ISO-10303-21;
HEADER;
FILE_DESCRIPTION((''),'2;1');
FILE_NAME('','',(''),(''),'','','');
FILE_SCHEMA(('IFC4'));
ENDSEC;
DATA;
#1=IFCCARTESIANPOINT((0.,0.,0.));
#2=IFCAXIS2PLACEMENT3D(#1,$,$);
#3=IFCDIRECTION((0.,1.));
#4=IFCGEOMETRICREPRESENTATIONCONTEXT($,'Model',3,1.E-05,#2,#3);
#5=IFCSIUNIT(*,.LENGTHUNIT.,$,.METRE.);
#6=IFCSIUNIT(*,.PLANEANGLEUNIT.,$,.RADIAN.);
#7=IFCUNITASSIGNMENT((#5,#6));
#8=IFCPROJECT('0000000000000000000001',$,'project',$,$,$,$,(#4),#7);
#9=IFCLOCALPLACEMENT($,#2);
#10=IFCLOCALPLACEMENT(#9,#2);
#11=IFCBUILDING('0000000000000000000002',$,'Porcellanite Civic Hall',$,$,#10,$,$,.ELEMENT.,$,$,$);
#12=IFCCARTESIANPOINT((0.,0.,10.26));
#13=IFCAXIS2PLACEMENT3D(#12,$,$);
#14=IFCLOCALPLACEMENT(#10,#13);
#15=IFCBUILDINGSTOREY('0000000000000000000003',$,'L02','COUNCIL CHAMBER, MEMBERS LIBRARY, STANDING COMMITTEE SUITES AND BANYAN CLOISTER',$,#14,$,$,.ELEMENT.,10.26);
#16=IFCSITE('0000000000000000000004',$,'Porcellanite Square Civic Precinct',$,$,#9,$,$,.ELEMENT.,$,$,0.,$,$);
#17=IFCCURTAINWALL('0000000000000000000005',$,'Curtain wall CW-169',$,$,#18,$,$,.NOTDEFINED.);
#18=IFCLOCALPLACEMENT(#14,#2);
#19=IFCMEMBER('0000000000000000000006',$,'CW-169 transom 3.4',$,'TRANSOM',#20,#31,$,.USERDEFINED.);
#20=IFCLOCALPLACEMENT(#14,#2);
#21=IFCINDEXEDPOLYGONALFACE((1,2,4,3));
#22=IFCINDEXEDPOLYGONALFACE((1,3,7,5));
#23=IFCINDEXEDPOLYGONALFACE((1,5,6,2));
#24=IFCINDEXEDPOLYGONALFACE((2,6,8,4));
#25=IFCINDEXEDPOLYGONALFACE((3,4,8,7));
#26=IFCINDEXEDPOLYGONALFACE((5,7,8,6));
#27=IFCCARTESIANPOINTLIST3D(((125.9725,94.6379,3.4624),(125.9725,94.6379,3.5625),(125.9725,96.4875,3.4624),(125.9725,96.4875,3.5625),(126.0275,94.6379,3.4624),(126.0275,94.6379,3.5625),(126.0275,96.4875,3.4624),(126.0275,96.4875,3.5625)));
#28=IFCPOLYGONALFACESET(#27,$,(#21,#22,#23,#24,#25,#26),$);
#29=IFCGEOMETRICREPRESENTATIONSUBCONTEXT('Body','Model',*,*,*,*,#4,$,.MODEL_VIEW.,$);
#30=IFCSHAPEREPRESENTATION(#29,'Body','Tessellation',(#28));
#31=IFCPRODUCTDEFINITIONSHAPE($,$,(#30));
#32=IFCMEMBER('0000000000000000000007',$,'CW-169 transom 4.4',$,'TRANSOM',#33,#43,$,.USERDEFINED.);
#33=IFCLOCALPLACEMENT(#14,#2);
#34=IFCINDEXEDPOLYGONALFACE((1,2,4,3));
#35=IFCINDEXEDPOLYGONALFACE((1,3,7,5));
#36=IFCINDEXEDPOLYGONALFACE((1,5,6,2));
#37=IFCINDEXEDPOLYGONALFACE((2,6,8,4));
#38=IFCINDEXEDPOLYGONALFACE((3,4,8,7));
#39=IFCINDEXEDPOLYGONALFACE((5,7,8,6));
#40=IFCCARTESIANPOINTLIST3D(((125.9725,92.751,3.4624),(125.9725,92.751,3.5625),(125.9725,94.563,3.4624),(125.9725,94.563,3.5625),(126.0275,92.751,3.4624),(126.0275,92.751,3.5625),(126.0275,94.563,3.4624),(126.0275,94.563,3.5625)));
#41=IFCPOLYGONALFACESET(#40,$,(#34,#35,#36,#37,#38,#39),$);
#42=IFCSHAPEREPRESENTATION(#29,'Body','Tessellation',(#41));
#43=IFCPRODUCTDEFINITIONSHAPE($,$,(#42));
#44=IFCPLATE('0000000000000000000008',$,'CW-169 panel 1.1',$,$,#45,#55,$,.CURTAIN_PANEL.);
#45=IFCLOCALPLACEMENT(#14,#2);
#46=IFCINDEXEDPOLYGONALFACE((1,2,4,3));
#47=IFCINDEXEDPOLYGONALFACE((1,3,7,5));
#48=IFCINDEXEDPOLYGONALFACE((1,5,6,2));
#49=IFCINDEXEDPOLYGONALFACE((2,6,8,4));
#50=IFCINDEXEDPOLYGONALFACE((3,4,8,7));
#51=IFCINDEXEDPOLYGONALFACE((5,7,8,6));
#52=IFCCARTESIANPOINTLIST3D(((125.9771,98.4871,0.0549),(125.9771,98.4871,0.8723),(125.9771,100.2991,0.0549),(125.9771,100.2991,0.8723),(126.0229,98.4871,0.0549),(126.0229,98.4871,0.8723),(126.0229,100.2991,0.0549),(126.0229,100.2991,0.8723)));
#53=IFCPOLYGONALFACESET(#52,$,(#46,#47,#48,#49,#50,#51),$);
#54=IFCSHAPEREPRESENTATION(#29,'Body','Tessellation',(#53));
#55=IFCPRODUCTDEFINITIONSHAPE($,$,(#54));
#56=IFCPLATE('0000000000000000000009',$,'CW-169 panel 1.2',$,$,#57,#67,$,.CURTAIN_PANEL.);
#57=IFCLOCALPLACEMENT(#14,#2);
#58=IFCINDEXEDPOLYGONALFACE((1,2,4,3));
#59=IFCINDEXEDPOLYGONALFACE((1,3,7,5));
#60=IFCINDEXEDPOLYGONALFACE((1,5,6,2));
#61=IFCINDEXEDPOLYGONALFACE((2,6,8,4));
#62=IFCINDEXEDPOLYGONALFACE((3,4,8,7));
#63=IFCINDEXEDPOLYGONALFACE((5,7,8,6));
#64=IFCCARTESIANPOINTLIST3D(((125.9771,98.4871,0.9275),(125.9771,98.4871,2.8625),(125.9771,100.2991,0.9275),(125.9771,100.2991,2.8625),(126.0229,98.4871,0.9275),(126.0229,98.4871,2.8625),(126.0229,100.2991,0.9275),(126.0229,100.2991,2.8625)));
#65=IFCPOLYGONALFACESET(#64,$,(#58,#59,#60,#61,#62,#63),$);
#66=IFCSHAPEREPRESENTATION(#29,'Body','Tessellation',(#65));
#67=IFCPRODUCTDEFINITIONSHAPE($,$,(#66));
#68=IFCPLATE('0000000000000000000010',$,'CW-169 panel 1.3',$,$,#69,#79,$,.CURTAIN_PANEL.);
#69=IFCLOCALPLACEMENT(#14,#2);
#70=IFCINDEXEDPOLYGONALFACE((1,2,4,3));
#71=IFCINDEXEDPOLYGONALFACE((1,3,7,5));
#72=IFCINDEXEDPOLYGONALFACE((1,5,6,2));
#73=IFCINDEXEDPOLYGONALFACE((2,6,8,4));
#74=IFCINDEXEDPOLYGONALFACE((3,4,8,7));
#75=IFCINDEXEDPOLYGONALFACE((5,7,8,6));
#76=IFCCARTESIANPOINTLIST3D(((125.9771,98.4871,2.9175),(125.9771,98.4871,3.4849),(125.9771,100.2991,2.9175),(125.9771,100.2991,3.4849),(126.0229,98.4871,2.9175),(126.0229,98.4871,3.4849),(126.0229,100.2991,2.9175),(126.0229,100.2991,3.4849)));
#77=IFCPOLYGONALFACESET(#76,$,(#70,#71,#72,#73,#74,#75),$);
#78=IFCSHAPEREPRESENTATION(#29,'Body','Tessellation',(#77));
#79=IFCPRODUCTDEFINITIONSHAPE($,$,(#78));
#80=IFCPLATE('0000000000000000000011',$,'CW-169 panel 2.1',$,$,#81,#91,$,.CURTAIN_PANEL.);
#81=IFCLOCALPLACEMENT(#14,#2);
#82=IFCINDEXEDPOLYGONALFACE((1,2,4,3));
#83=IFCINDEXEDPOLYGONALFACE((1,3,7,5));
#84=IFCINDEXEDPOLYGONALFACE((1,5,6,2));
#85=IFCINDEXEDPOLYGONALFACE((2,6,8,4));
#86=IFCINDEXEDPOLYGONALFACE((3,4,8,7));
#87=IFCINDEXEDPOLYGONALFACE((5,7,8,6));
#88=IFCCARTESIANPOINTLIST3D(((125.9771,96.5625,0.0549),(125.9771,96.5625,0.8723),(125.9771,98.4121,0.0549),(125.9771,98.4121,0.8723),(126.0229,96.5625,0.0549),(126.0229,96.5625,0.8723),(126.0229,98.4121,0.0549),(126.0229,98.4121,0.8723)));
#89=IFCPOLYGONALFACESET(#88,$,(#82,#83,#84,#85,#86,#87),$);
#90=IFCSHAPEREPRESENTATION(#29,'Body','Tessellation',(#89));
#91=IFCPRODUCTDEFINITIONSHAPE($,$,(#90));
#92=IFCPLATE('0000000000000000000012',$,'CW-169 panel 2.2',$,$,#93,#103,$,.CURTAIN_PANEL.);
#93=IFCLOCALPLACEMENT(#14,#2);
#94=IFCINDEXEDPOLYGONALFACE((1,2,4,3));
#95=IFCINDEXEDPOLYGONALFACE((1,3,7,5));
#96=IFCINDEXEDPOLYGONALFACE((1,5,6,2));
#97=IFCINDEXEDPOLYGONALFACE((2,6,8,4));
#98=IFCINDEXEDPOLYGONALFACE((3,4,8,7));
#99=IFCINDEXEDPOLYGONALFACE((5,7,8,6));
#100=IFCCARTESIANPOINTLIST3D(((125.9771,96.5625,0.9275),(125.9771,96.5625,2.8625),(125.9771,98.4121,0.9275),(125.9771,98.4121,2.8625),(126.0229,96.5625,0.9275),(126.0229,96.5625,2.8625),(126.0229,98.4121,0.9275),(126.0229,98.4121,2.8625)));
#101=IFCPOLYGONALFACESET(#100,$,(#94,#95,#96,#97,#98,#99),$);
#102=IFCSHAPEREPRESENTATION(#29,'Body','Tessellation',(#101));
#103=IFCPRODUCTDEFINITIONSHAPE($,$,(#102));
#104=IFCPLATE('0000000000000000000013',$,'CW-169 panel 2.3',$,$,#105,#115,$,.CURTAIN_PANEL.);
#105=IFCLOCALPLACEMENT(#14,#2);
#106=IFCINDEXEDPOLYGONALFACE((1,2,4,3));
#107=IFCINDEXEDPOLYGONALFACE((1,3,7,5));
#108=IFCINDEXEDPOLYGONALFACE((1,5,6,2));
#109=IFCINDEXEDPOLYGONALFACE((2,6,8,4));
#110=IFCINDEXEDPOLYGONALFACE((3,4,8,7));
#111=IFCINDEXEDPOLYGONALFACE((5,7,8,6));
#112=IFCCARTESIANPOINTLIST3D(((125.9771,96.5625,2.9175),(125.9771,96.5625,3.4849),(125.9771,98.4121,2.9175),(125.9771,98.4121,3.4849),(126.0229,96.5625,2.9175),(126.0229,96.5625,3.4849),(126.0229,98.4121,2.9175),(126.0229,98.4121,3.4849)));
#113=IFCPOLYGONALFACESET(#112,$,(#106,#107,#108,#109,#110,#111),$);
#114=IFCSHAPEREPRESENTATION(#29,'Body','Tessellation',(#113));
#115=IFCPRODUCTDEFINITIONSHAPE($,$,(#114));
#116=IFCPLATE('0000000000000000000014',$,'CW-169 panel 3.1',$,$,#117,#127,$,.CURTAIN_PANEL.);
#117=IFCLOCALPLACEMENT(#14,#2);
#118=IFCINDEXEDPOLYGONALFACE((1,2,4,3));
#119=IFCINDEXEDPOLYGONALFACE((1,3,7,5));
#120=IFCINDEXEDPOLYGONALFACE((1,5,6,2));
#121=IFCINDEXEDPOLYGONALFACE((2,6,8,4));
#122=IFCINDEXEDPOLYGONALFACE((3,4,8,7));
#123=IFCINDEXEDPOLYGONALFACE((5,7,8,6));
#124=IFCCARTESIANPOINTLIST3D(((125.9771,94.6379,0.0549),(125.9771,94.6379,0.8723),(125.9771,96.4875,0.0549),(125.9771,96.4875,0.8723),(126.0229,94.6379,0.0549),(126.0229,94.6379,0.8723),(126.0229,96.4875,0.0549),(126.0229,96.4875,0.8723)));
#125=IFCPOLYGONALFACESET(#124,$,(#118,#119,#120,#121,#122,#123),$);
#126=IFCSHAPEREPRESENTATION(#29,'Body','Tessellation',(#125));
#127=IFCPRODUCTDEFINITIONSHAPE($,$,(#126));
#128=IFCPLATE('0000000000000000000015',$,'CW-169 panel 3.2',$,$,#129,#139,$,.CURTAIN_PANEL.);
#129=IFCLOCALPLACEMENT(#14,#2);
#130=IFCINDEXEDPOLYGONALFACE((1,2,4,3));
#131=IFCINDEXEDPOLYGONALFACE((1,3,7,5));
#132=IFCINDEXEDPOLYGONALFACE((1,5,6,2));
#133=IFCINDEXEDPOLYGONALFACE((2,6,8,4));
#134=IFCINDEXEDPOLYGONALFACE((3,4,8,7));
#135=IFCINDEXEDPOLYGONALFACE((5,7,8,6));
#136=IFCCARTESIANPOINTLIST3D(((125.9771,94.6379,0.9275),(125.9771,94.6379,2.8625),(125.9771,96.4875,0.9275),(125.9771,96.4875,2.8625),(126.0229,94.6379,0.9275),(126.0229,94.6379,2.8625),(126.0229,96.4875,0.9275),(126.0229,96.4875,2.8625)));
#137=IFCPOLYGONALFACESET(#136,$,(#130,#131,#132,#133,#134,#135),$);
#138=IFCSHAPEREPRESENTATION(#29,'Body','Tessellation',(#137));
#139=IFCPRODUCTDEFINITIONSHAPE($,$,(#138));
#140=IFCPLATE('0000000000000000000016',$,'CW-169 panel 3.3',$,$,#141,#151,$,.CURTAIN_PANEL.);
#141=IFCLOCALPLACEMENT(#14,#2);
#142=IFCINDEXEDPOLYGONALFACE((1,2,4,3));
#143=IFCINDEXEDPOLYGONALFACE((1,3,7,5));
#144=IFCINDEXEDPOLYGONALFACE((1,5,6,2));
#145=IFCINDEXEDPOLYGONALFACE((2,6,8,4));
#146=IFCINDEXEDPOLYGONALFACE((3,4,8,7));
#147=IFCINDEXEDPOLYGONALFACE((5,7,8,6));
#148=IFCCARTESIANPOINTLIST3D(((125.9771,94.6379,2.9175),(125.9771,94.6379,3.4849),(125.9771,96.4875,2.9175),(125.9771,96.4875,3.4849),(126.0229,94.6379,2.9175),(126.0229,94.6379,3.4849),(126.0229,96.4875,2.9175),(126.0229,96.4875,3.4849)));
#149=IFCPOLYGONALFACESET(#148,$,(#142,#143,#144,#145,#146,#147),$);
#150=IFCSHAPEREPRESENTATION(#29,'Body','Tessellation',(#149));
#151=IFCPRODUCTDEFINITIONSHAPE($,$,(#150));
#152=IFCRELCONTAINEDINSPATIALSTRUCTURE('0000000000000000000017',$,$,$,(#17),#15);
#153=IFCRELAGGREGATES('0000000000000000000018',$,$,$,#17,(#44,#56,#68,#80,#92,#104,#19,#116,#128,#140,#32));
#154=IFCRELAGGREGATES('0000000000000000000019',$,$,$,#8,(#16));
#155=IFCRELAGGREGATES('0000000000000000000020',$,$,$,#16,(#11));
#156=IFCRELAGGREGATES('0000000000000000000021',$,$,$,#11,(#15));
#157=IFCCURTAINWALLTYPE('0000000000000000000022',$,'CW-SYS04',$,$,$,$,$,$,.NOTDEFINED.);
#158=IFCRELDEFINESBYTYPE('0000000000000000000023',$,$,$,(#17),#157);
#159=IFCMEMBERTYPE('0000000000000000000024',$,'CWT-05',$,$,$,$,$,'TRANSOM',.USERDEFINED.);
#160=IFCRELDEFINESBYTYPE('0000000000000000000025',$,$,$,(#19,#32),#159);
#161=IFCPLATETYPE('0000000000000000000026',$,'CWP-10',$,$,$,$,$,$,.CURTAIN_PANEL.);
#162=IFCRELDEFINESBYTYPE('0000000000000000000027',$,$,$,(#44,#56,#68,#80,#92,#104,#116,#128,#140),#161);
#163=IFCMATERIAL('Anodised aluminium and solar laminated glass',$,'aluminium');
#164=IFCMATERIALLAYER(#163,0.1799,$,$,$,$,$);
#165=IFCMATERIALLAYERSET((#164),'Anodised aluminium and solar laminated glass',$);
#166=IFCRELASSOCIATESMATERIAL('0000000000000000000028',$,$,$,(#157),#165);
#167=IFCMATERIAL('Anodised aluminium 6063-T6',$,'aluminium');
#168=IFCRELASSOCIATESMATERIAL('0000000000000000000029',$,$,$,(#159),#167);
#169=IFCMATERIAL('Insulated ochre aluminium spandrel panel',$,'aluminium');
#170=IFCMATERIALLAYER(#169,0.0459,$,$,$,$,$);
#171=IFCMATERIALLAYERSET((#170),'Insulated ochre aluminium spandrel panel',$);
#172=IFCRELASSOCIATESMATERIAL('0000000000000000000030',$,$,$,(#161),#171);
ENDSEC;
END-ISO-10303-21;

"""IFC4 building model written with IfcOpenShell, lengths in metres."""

from ifc_helpers import new_model, si_unit, direction, frame, origin, origin_2d, place, context, subcontext, project, spatial, rectangle, extrude, material, layer, layer_set, material_profile, profile_set, type_object, element, aggregate, save


model = new_model("IFC4")

# Units and contexts
model_context = context("Model", 3, precision=1e-05, world=origin(), true_north=direction((0.0, 1.0)))
body_context = subcontext(model_context, "Body", "Model", "MODEL_VIEW")
ifc_project = project(units=[si_unit("LENGTHUNIT", "METRE"), si_unit("PLANEANGLEUNIT", "RADIAN")], contexts=[model_context])

# Site, building, storey
site_placement = place(None, origin())
site = spatial("IfcSite", under=ifc_project, at=site_placement, Name="Porcellanite Square Civic Precinct", CompositionType="ELEMENT", RefElevation=0.0)
building_placement = place(site_placement, origin())
building = spatial("IfcBuilding", under=site, at=building_placement, Name="Porcellanite Civic Hall", CompositionType="ELEMENT")
storey_placement = place(building_placement, frame((0.0, 0.0, 10.26)))
storey = spatial("IfcBuildingStorey", under=building, at=storey_placement, Name="L02", Description="COUNCIL CHAMBER, MEMBERS LIBRARY, STANDING COMMITTEE SUITES AND BANYAN CLOISTER", CompositionType="ELEMENT", Elevation=10.26)

# Curtain wall, members, plates
ifc_material_1 = material(Name="Anodised aluminium and solar laminated glass", Category="aluminium")
ifc_layer_1 = layer(ifc_material_1, 0.1799)
ifc_layer_set_1 = layer_set([ifc_layer_1], Name="Anodised aluminium and solar laminated glass")
curtain_wall_type = type_object("IfcCurtainWallType", Name="CW-SYS04", PredefinedType="NOTDEFINED", material=ifc_layer_set_1)
curtain_wall_placement = place(storey_placement, origin())
curtain_wall = element("IfcCurtainWall", 1, at=curtain_wall_placement, inside=storey, type_object=curtain_wall_type, Name="Curtain wall CW-169", PredefinedType="NOTDEFINED")
ifc_material_2 = material(Name="Anodised aluminium 6063-T6", Category="aluminium")
ifc_material_profile_1 = material_profile(ifc_material_2, rectangle(XDim=0.0549, YDim=0.1001, at=origin_2d()), Name="AL-55x100")
ifc_profile_set_1 = profile_set([ifc_material_profile_1], Name="Anodised aluminium 6063-T6")
member_type_1 = type_object("IfcMemberType", Name="CWT-05", ElementType="TRANSOM", PredefinedType="USERDEFINED", material=ifc_profile_set_1)
member_1_placement = place(storey_placement, frame((126.0, 96.4875, 3.5125), z_axis=(0.0, -1.0, 0.0), x_axis=(1.0, 0.0, 0.0)))
member_1 = element("IfcMember", 2, at=member_1_placement, type_object=member_type_1, Name="CW-169 transom 3.4", ObjectType="TRANSOM", PredefinedType="USERDEFINED", context=body_context, shape_type="SweptSolid", body=[
    extrude(rectangle(XDim=0.0549, YDim=0.1001, at=origin_2d()), origin(), (0.0, 0.0, 1.0), 1.8496),
])
member_2_placement = place(storey_placement, frame((126.0, 94.563, 3.5125), z_axis=(0.0, -1.0, 0.0), x_axis=(1.0, 0.0, 0.0)))
member_2 = element("IfcMember", 3, at=member_2_placement, type_object=member_type_1, Name="CW-169 transom 4.4", ObjectType="TRANSOM", PredefinedType="USERDEFINED", context=body_context, shape_type="SweptSolid", body=[
    extrude(rectangle(XDim=0.0549, YDim=0.1001, at=origin_2d()), origin(), (0.0, 0.0, 1.0), 1.812),
])
ifc_material_3 = material(Name="Insulated ochre aluminium spandrel panel", Category="aluminium")
ifc_layer_2 = layer(ifc_material_3, 0.0459)
ifc_layer_set_2 = layer_set([ifc_layer_2], Name="Insulated ochre aluminium spandrel panel")
plate_type = type_object("IfcPlateType", Name="CWP-10", PredefinedType="CURTAIN_PANEL", material=ifc_layer_set_2)
plate_1_placement = place(storey_placement, frame((126.0, 99.3931, 0.0549), z_axis=(0.0, 0.0, 1.0), x_axis=(0.0, -1.0, 0.0)))
plate_1 = element("IfcPlate", 4, at=plate_1_placement, type_object=plate_type, Name="CW-169 panel 1.1", PredefinedType="CURTAIN_PANEL", context=body_context, shape_type="SweptSolid", body=[
    extrude(rectangle(XDim=1.812, YDim=0.0459, at=origin_2d()), origin(), (0.0, 0.0, 1.0), 0.8174),
])
plate_2_placement = place(storey_placement, frame((126.0, 99.3931, 0.9275), z_axis=(0.0, 0.0, 1.0), x_axis=(0.0, -1.0, 0.0)))
plate_2 = element("IfcPlate", 5, at=plate_2_placement, type_object=plate_type, Name="CW-169 panel 1.2", PredefinedType="CURTAIN_PANEL", context=body_context, shape_type="SweptSolid", body=[
    extrude(rectangle(XDim=1.812, YDim=0.0459, at=origin_2d()), origin(), (0.0, 0.0, 1.0), 1.9351),
])
plate_3_placement = place(storey_placement, frame((126.0, 99.3931, 2.9175), z_axis=(0.0, 0.0, 1.0), x_axis=(0.0, -1.0, 0.0)))
plate_3 = element("IfcPlate", 6, at=plate_3_placement, type_object=plate_type, Name="CW-169 panel 1.3", PredefinedType="CURTAIN_PANEL", context=body_context, shape_type="SweptSolid", body=[
    extrude(rectangle(XDim=1.812, YDim=0.0459, at=origin_2d()), origin(), (0.0, 0.0, 1.0), 0.5674),
])
plate_4_placement = place(storey_placement, frame((126.0, 97.4873, 0.0549), z_axis=(0.0, 0.0, 1.0), x_axis=(0.0, -1.0, 0.0)))
plate_4 = element("IfcPlate", 7, at=plate_4_placement, type_object=plate_type, Name="CW-169 panel 2.1", PredefinedType="CURTAIN_PANEL", context=body_context, shape_type="SweptSolid", body=[
    extrude(rectangle(XDim=1.8496, YDim=0.0459, at=origin_2d()), origin(), (0.0, 0.0, 1.0), 0.8174),
])
plate_5_placement = place(storey_placement, frame((126.0, 97.4873, 0.9275), z_axis=(0.0, 0.0, 1.0), x_axis=(0.0, -1.0, 0.0)))
plate_5 = element("IfcPlate", 8, at=plate_5_placement, type_object=plate_type, Name="CW-169 panel 2.2", PredefinedType="CURTAIN_PANEL", context=body_context, shape_type="SweptSolid", body=[
    extrude(rectangle(XDim=1.8496, YDim=0.0459, at=origin_2d()), origin(), (0.0, 0.0, 1.0), 1.9351),
])
plate_6_placement = place(storey_placement, frame((126.0, 97.4873, 2.9175), z_axis=(0.0, 0.0, 1.0), x_axis=(0.0, -1.0, 0.0)))
plate_6 = element("IfcPlate", 9, at=plate_6_placement, type_object=plate_type, Name="CW-169 panel 2.3", PredefinedType="CURTAIN_PANEL", context=body_context, shape_type="SweptSolid", body=[
    extrude(rectangle(XDim=1.8496, YDim=0.0459, at=origin_2d()), origin(), (0.0, 0.0, 1.0), 0.5674),
])
plate_7_placement = place(storey_placement, frame((126.0, 95.5627, 0.0549), z_axis=(0.0, 0.0, 1.0), x_axis=(0.0, -1.0, 0.0)))
plate_7 = element("IfcPlate", 10, at=plate_7_placement, type_object=plate_type, Name="CW-169 panel 3.1", PredefinedType="CURTAIN_PANEL", context=body_context, shape_type="SweptSolid", body=[
    extrude(rectangle(XDim=1.8496, YDim=0.0459, at=origin_2d()), origin(), (0.0, 0.0, 1.0), 0.8174),
])
plate_8_placement = place(storey_placement, frame((126.0, 95.5627, 0.9275), z_axis=(0.0, 0.0, 1.0), x_axis=(0.0, -1.0, 0.0)))
plate_8 = element("IfcPlate", 11, at=plate_8_placement, type_object=plate_type, Name="CW-169 panel 3.2", PredefinedType="CURTAIN_PANEL", context=body_context, shape_type="SweptSolid", body=[
    extrude(rectangle(XDim=1.8496, YDim=0.0459, at=origin_2d()), origin(), (0.0, 0.0, 1.0), 1.9351),
])
plate_9_placement = place(storey_placement, frame((126.0, 95.5627, 2.9175), z_axis=(0.0, 0.0, 1.0), x_axis=(0.0, -1.0, 0.0)))
plate_9 = element("IfcPlate", 12, at=plate_9_placement, type_object=plate_type, Name="CW-169 panel 3.3", PredefinedType="CURTAIN_PANEL", context=body_context, shape_type="SweptSolid", body=[
    extrude(rectangle(XDim=1.8496, YDim=0.0459, at=origin_2d()), origin(), (0.0, 0.0, 1.0), 0.5674),
])
aggregate(curtain_wall, [plate_1, plate_2, plate_3, plate_4, plate_5, plate_6, member_1, plate_7, plate_8, plate_9, member_2])

save(model, "model.ifc")
